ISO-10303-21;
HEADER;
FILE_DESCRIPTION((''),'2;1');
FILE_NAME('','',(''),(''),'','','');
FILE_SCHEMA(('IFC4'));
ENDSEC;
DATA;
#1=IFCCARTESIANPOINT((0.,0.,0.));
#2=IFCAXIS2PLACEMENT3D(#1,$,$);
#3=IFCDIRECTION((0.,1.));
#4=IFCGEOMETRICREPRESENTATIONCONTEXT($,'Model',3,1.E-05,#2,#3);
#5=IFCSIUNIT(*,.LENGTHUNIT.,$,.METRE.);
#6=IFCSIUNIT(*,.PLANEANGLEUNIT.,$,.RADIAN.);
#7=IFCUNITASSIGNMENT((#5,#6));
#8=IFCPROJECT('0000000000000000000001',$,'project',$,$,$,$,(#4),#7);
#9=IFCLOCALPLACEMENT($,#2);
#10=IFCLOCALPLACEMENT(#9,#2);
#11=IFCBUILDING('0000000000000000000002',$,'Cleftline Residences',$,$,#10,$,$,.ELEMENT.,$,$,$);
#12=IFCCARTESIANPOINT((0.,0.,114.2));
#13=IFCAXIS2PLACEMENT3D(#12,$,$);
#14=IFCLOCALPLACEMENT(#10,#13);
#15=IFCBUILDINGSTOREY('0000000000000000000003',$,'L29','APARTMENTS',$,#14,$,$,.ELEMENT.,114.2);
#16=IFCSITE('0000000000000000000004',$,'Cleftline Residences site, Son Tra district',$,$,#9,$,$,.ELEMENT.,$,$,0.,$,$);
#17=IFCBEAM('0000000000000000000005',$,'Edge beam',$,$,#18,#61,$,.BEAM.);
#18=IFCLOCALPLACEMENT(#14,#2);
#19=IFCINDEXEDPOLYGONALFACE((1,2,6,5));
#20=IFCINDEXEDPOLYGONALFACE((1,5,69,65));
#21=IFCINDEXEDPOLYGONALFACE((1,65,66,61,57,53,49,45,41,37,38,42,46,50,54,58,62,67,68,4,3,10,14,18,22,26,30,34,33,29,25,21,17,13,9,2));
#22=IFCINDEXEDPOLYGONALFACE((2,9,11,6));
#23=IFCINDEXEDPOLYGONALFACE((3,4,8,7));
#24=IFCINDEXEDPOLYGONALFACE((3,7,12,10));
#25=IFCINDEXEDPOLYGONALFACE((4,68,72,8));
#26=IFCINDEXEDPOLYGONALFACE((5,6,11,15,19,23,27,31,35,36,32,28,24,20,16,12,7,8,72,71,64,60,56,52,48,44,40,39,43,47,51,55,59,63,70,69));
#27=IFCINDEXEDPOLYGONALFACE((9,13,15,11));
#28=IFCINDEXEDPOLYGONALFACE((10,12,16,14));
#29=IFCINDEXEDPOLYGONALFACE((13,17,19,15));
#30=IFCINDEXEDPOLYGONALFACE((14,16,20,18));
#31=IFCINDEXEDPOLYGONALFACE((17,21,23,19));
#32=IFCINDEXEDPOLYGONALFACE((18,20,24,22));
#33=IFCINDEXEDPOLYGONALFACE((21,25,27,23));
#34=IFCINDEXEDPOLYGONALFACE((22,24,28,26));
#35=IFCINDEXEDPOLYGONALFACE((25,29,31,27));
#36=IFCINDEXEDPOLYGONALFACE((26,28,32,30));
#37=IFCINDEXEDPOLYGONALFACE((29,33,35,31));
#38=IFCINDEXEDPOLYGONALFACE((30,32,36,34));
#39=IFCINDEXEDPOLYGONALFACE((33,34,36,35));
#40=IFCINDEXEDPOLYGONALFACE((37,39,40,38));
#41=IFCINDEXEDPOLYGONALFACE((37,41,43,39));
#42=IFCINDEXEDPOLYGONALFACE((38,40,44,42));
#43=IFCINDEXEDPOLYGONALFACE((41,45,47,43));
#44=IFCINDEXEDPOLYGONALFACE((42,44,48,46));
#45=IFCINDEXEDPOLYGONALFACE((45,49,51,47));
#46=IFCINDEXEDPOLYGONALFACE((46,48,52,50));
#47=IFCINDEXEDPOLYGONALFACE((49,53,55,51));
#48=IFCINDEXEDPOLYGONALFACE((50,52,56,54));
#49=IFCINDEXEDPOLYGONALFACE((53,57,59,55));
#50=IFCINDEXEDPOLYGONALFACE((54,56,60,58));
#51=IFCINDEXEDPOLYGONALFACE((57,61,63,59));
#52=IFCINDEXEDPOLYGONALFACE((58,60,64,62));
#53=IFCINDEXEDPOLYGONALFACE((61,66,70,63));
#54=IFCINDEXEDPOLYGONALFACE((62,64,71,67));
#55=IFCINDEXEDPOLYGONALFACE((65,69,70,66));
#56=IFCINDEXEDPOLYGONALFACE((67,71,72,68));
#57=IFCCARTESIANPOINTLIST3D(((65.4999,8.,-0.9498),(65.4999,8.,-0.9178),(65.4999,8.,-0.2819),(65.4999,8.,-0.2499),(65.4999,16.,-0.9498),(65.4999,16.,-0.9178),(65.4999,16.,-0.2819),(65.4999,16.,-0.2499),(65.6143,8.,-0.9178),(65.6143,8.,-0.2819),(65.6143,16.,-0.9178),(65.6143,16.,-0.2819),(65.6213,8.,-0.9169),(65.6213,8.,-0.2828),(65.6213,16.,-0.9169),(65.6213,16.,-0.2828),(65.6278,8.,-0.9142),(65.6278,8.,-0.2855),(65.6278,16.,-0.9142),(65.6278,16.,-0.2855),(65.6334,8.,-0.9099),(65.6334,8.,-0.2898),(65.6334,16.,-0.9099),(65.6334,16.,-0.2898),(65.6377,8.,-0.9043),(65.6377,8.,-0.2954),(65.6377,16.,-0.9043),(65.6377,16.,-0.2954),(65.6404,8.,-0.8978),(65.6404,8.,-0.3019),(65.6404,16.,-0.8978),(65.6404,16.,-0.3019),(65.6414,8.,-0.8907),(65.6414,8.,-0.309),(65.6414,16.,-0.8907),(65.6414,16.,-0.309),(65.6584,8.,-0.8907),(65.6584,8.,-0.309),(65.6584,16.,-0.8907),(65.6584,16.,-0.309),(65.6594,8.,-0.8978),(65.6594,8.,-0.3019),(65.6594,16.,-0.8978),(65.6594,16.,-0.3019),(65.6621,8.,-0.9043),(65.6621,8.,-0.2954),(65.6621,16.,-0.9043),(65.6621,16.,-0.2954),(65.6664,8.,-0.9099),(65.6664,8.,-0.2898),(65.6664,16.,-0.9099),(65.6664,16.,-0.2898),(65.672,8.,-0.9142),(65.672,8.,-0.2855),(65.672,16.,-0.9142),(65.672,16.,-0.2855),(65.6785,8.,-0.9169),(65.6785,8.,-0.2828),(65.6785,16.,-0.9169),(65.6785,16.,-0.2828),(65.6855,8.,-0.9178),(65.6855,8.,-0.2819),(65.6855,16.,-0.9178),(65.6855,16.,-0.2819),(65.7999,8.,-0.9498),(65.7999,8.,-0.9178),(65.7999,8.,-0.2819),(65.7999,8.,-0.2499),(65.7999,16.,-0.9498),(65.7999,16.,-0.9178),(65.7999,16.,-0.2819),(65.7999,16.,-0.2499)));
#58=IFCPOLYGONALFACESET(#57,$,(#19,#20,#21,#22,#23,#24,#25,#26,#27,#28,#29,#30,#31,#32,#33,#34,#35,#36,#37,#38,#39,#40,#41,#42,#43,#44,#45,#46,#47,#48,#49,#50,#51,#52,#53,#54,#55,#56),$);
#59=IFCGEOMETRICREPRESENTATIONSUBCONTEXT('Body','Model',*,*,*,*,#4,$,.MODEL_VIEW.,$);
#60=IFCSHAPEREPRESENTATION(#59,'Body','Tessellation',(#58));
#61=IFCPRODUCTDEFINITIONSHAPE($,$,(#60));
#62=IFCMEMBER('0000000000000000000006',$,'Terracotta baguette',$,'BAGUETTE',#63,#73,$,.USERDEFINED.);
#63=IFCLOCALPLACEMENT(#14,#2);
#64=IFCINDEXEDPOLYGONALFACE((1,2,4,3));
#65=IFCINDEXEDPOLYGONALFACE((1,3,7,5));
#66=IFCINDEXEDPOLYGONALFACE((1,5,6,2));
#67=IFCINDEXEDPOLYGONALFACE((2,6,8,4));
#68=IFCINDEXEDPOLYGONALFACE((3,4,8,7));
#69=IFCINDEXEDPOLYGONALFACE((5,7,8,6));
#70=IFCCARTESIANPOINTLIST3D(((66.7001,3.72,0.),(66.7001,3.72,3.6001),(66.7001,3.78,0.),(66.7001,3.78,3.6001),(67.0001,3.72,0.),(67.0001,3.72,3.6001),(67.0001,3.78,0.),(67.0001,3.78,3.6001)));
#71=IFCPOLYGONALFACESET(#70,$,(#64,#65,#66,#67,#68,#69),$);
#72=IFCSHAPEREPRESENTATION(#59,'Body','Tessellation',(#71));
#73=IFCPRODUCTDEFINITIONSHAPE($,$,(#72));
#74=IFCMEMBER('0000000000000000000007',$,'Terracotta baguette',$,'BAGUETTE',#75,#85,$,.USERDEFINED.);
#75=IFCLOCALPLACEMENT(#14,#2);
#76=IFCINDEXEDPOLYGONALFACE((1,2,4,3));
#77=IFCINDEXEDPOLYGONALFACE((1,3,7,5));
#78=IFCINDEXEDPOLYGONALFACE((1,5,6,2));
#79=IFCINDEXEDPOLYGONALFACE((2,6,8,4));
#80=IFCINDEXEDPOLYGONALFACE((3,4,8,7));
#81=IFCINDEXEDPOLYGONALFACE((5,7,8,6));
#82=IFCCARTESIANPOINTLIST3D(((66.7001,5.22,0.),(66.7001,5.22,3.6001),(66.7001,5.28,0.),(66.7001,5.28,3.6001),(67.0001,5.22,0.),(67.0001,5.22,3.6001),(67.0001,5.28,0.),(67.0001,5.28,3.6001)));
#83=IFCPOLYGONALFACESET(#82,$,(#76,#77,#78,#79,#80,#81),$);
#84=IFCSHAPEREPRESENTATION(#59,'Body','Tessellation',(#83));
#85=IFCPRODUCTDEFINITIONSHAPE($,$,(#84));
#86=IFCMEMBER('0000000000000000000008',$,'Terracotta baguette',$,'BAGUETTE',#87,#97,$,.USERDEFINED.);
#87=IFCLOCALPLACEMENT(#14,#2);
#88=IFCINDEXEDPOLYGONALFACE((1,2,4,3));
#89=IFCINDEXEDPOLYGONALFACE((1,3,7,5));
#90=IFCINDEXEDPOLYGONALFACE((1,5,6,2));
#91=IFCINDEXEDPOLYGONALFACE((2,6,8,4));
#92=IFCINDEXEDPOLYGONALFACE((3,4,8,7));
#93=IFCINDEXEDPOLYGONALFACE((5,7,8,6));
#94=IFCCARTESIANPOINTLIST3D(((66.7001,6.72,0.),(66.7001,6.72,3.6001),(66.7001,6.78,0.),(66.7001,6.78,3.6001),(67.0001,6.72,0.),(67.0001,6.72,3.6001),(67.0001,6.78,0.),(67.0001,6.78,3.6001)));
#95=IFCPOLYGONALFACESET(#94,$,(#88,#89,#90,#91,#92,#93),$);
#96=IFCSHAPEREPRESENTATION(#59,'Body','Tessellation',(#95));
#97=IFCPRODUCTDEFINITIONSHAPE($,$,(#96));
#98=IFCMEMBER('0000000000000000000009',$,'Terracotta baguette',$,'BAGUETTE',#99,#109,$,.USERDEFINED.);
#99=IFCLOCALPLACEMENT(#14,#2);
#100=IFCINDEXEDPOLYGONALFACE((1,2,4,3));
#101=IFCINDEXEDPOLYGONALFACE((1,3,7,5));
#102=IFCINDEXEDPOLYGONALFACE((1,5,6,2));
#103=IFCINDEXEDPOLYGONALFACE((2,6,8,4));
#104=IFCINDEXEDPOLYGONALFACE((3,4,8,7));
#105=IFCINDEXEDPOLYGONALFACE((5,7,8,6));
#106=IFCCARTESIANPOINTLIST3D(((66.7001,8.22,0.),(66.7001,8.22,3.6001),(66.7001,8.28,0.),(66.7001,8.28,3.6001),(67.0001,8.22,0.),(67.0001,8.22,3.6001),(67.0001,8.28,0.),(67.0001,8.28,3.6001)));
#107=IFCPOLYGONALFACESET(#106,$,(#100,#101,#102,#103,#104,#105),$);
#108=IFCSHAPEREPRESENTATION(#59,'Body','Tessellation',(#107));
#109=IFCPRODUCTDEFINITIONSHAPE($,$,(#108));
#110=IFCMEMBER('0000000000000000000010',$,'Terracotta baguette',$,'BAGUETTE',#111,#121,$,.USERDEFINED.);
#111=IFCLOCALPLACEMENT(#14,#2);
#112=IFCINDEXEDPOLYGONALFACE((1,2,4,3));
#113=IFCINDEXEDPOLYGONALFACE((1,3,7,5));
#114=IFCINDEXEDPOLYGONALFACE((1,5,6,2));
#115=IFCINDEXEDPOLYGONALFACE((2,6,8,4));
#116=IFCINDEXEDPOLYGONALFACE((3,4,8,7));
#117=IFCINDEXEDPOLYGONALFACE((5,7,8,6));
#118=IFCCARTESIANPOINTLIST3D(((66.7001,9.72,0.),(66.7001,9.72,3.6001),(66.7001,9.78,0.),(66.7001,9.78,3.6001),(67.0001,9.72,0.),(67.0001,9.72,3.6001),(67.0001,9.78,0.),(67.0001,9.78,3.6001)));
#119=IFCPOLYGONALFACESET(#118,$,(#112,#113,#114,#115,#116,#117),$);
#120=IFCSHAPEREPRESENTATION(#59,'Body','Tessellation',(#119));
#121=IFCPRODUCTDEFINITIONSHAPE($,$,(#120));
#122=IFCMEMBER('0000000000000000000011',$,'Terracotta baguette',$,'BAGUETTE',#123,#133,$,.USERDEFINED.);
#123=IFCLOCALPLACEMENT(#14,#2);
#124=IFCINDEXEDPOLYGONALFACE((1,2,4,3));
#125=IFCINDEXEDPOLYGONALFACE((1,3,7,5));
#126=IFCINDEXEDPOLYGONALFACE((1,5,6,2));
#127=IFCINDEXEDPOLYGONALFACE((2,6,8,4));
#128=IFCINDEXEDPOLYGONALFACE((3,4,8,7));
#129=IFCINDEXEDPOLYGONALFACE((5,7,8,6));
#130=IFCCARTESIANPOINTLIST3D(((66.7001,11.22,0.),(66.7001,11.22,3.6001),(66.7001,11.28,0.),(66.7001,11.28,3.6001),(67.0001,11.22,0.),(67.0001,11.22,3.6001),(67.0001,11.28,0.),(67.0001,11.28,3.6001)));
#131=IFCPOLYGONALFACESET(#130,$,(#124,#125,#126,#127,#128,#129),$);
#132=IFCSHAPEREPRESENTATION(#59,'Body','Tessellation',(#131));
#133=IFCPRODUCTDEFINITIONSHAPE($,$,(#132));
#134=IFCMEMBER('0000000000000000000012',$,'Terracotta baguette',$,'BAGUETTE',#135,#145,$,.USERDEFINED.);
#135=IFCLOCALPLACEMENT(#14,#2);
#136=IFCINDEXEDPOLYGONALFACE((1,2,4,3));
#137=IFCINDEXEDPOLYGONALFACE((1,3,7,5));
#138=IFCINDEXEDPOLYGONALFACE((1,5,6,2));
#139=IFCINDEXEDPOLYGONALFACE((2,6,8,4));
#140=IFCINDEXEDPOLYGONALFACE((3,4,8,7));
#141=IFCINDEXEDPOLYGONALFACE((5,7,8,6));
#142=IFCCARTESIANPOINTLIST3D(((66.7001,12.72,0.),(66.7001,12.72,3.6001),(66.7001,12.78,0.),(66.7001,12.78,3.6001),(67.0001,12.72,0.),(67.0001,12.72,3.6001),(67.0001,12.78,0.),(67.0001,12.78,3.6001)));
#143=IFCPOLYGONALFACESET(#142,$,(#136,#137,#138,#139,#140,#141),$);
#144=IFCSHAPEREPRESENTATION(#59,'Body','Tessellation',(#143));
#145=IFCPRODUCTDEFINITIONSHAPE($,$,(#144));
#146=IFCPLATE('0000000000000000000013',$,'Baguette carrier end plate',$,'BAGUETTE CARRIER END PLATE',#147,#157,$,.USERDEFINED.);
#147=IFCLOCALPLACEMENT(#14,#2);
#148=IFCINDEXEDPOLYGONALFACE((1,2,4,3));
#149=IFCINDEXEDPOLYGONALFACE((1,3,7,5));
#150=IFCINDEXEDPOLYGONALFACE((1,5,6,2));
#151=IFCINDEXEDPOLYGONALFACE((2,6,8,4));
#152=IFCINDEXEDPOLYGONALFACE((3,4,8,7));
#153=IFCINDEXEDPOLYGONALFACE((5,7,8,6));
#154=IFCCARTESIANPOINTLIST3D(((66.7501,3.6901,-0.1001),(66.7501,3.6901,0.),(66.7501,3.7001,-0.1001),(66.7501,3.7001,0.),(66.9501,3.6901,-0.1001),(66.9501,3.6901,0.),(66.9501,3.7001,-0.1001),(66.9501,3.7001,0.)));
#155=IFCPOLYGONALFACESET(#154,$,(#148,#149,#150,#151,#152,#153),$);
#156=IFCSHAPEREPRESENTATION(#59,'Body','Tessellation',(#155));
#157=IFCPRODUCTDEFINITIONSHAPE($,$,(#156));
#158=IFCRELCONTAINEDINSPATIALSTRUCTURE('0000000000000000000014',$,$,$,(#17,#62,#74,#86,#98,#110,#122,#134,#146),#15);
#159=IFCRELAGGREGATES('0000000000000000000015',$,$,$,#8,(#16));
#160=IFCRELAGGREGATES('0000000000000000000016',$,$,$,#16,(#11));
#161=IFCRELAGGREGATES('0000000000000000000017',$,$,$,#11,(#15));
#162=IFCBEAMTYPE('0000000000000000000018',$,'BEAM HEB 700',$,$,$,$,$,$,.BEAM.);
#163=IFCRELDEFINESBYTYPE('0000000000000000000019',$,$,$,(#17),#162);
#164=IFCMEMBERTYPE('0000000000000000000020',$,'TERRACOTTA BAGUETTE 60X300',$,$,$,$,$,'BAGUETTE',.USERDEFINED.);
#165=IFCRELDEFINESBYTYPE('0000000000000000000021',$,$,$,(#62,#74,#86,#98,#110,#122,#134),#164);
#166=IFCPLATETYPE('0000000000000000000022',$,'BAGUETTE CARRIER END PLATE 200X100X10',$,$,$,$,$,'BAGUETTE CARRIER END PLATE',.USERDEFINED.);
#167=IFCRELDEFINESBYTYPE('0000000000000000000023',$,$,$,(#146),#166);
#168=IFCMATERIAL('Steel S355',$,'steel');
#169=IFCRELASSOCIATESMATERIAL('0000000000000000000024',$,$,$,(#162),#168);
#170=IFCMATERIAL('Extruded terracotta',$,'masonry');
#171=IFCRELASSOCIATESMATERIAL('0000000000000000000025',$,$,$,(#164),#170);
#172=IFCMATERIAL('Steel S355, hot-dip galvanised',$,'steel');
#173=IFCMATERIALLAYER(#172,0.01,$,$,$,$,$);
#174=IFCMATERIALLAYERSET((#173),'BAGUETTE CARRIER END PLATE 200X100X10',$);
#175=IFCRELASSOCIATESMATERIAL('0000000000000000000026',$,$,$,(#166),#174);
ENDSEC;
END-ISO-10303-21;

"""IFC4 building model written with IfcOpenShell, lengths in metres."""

from ifc_helpers import new_model, si_unit, direction, frame, origin, origin_2d, place, context, subcontext, project, spatial, rectangle, i_section, extrude, material, layer, layer_set, material_profile, profile_set, type_object, element, save


model = new_model("IFC4")

# Units and contexts
model_context = context("Model", 3, precision=1e-05, world=origin(), true_north=direction((0.0, 1.0)))
body_context = subcontext(model_context, "Body", "Model", "MODEL_VIEW")
ifc_project = project(units=[si_unit("LENGTHUNIT", "METRE"), si_unit("PLANEANGLEUNIT", "RADIAN")], contexts=[model_context])

# Site, building, storey
site_placement = place(None, origin())
site = spatial("IfcSite", under=ifc_project, at=site_placement, Name="Cleftline Residences site, Son Tra district", CompositionType="ELEMENT", RefElevation=0.0)
building_placement = place(site_placement, origin())
building = spatial("IfcBuilding", under=site, at=building_placement, Name="Cleftline Residences", CompositionType="ELEMENT")
storey_placement = place(building_placement, frame((0.0, 0.0, 114.2)))
storey = spatial("IfcBuildingStorey", under=building, at=storey_placement, Name="L29", Description="APARTMENTS", CompositionType="ELEMENT", Elevation=114.2)

# Beam
ifc_material_1 = material(Name="Steel S355", Category="steel")
ifc_material_profile_1 = material_profile(ifc_material_1, i_section(OverallWidth=0.3, OverallDepth=0.7, WebThickness=0.0171, FlangeThickness=0.032, FilletRadius=0.0271, at=origin_2d()))
ifc_profile_set_1 = profile_set([ifc_material_profile_1], Name="Steel S355")
beam_type = type_object("IfcBeamType", Name="BEAM HEB 700", PredefinedType="BEAM", material=ifc_profile_set_1)
beam_placement = place(storey_placement, frame((65.6499, 8.0, -0.5999), z_axis=(0.0, 1.0, 0.0), x_axis=(-1.0, 0.0, 0.0)))
element("IfcBeam", 1, at=beam_placement, inside=storey, type_object=beam_type, Name="Edge beam", PredefinedType="BEAM", context=body_context, shape_type="SweptSolid", body=[
    extrude(i_section(OverallWidth=0.3, OverallDepth=0.7, WebThickness=0.0171, FlangeThickness=0.032, FilletRadius=0.0271, at=origin_2d()), origin(), (0.0, 0.0, 1.0), 8.0),
])

# Members
ifc_material_2 = material(Name="Extruded terracotta", Category="masonry")
ifc_material_profile_2 = material_profile(ifc_material_2, rectangle(XDim=0.0601, YDim=0.3, at=origin_2d()))
ifc_profile_set_2 = profile_set([ifc_material_profile_2], Name="Extruded terracotta")
member_type_1 = type_object("IfcMemberType", Name="TERRACOTTA BAGUETTE 60X300", ElementType="BAGUETTE", PredefinedType="USERDEFINED", material=ifc_profile_set_2)
for number, where, z_axis, x_axis, name in (
    (2, (66.8501, 3.75, 0.0), (0.0, 0.0, 1.0), (0.0, 1.0, 0.0), "Terracotta baguette"),
    (3, (66.8501, 5.25, 0.0), (0.0, 0.0, 1.0), (0.0, 1.0, 0.0), "Terracotta baguette"),
    (4, (66.8501, 6.75, 0.0), (0.0, 0.0, 1.0), (0.0, 1.0, 0.0), "Terracotta baguette"),
    (5, (66.8501, 8.25, 0.0), (0.0, 0.0, 1.0), (0.0, 1.0, 0.0), "Terracotta baguette"),
    (6, (66.8501, 9.75, 0.0), (0.0, 0.0, 1.0), (0.0, 1.0, 0.0), "Terracotta baguette"),
    (7, (66.8501, 11.25, 0.0), (0.0, 0.0, 1.0), (0.0, 1.0, 0.0), "Terracotta baguette"),
    (8, (66.8501, 12.75, 0.0), (0.0, 0.0, 1.0), (0.0, 1.0, 0.0), "Terracotta baguette"),
):
    element("IfcMember", number, at=place(storey_placement, frame(where, z_axis=z_axis, x_axis=x_axis)), inside=storey, type_object=member_type_1, Name=name, ObjectType="BAGUETTE", PredefinedType="USERDEFINED", context=body_context, shape_type="SweptSolid", body=[
        extrude(rectangle(XDim=0.0601, YDim=0.3, at=origin_2d()), origin(), (0.0, 0.0, 1.0), 3.6001),
    ])

# Plate
ifc_material_3 = material(Name="Steel S355, hot-dip galvanised", Category="steel")
ifc_layer_1 = layer(ifc_material_3, 0.01)
ifc_layer_set_1 = layer_set([ifc_layer_1], Name="BAGUETTE CARRIER END PLATE 200X100X10")
plate_type = type_object("IfcPlateType", Name="BAGUETTE CARRIER END PLATE 200X100X10", ElementType="BAGUETTE CARRIER END PLATE", PredefinedType="USERDEFINED", material=ifc_layer_set_1)
plate_placement = place(storey_placement, frame((66.8501, 3.6951, -0.1001), z_axis=(0.0, 0.0, 1.0), x_axis=(1.0, 0.0, 0.0)))
element("IfcPlate", 9, at=plate_placement, inside=storey, type_object=plate_type, Name="Baguette carrier end plate", ObjectType="BAGUETTE CARRIER END PLATE", PredefinedType="USERDEFINED", context=body_context, shape_type="SweptSolid", body=[
    extrude(rectangle(XDim=0.2, YDim=0.01, at=origin_2d()), origin(), (0.0, 0.0, 1.0), 0.1001),
])

save(model, "model.ifc")
